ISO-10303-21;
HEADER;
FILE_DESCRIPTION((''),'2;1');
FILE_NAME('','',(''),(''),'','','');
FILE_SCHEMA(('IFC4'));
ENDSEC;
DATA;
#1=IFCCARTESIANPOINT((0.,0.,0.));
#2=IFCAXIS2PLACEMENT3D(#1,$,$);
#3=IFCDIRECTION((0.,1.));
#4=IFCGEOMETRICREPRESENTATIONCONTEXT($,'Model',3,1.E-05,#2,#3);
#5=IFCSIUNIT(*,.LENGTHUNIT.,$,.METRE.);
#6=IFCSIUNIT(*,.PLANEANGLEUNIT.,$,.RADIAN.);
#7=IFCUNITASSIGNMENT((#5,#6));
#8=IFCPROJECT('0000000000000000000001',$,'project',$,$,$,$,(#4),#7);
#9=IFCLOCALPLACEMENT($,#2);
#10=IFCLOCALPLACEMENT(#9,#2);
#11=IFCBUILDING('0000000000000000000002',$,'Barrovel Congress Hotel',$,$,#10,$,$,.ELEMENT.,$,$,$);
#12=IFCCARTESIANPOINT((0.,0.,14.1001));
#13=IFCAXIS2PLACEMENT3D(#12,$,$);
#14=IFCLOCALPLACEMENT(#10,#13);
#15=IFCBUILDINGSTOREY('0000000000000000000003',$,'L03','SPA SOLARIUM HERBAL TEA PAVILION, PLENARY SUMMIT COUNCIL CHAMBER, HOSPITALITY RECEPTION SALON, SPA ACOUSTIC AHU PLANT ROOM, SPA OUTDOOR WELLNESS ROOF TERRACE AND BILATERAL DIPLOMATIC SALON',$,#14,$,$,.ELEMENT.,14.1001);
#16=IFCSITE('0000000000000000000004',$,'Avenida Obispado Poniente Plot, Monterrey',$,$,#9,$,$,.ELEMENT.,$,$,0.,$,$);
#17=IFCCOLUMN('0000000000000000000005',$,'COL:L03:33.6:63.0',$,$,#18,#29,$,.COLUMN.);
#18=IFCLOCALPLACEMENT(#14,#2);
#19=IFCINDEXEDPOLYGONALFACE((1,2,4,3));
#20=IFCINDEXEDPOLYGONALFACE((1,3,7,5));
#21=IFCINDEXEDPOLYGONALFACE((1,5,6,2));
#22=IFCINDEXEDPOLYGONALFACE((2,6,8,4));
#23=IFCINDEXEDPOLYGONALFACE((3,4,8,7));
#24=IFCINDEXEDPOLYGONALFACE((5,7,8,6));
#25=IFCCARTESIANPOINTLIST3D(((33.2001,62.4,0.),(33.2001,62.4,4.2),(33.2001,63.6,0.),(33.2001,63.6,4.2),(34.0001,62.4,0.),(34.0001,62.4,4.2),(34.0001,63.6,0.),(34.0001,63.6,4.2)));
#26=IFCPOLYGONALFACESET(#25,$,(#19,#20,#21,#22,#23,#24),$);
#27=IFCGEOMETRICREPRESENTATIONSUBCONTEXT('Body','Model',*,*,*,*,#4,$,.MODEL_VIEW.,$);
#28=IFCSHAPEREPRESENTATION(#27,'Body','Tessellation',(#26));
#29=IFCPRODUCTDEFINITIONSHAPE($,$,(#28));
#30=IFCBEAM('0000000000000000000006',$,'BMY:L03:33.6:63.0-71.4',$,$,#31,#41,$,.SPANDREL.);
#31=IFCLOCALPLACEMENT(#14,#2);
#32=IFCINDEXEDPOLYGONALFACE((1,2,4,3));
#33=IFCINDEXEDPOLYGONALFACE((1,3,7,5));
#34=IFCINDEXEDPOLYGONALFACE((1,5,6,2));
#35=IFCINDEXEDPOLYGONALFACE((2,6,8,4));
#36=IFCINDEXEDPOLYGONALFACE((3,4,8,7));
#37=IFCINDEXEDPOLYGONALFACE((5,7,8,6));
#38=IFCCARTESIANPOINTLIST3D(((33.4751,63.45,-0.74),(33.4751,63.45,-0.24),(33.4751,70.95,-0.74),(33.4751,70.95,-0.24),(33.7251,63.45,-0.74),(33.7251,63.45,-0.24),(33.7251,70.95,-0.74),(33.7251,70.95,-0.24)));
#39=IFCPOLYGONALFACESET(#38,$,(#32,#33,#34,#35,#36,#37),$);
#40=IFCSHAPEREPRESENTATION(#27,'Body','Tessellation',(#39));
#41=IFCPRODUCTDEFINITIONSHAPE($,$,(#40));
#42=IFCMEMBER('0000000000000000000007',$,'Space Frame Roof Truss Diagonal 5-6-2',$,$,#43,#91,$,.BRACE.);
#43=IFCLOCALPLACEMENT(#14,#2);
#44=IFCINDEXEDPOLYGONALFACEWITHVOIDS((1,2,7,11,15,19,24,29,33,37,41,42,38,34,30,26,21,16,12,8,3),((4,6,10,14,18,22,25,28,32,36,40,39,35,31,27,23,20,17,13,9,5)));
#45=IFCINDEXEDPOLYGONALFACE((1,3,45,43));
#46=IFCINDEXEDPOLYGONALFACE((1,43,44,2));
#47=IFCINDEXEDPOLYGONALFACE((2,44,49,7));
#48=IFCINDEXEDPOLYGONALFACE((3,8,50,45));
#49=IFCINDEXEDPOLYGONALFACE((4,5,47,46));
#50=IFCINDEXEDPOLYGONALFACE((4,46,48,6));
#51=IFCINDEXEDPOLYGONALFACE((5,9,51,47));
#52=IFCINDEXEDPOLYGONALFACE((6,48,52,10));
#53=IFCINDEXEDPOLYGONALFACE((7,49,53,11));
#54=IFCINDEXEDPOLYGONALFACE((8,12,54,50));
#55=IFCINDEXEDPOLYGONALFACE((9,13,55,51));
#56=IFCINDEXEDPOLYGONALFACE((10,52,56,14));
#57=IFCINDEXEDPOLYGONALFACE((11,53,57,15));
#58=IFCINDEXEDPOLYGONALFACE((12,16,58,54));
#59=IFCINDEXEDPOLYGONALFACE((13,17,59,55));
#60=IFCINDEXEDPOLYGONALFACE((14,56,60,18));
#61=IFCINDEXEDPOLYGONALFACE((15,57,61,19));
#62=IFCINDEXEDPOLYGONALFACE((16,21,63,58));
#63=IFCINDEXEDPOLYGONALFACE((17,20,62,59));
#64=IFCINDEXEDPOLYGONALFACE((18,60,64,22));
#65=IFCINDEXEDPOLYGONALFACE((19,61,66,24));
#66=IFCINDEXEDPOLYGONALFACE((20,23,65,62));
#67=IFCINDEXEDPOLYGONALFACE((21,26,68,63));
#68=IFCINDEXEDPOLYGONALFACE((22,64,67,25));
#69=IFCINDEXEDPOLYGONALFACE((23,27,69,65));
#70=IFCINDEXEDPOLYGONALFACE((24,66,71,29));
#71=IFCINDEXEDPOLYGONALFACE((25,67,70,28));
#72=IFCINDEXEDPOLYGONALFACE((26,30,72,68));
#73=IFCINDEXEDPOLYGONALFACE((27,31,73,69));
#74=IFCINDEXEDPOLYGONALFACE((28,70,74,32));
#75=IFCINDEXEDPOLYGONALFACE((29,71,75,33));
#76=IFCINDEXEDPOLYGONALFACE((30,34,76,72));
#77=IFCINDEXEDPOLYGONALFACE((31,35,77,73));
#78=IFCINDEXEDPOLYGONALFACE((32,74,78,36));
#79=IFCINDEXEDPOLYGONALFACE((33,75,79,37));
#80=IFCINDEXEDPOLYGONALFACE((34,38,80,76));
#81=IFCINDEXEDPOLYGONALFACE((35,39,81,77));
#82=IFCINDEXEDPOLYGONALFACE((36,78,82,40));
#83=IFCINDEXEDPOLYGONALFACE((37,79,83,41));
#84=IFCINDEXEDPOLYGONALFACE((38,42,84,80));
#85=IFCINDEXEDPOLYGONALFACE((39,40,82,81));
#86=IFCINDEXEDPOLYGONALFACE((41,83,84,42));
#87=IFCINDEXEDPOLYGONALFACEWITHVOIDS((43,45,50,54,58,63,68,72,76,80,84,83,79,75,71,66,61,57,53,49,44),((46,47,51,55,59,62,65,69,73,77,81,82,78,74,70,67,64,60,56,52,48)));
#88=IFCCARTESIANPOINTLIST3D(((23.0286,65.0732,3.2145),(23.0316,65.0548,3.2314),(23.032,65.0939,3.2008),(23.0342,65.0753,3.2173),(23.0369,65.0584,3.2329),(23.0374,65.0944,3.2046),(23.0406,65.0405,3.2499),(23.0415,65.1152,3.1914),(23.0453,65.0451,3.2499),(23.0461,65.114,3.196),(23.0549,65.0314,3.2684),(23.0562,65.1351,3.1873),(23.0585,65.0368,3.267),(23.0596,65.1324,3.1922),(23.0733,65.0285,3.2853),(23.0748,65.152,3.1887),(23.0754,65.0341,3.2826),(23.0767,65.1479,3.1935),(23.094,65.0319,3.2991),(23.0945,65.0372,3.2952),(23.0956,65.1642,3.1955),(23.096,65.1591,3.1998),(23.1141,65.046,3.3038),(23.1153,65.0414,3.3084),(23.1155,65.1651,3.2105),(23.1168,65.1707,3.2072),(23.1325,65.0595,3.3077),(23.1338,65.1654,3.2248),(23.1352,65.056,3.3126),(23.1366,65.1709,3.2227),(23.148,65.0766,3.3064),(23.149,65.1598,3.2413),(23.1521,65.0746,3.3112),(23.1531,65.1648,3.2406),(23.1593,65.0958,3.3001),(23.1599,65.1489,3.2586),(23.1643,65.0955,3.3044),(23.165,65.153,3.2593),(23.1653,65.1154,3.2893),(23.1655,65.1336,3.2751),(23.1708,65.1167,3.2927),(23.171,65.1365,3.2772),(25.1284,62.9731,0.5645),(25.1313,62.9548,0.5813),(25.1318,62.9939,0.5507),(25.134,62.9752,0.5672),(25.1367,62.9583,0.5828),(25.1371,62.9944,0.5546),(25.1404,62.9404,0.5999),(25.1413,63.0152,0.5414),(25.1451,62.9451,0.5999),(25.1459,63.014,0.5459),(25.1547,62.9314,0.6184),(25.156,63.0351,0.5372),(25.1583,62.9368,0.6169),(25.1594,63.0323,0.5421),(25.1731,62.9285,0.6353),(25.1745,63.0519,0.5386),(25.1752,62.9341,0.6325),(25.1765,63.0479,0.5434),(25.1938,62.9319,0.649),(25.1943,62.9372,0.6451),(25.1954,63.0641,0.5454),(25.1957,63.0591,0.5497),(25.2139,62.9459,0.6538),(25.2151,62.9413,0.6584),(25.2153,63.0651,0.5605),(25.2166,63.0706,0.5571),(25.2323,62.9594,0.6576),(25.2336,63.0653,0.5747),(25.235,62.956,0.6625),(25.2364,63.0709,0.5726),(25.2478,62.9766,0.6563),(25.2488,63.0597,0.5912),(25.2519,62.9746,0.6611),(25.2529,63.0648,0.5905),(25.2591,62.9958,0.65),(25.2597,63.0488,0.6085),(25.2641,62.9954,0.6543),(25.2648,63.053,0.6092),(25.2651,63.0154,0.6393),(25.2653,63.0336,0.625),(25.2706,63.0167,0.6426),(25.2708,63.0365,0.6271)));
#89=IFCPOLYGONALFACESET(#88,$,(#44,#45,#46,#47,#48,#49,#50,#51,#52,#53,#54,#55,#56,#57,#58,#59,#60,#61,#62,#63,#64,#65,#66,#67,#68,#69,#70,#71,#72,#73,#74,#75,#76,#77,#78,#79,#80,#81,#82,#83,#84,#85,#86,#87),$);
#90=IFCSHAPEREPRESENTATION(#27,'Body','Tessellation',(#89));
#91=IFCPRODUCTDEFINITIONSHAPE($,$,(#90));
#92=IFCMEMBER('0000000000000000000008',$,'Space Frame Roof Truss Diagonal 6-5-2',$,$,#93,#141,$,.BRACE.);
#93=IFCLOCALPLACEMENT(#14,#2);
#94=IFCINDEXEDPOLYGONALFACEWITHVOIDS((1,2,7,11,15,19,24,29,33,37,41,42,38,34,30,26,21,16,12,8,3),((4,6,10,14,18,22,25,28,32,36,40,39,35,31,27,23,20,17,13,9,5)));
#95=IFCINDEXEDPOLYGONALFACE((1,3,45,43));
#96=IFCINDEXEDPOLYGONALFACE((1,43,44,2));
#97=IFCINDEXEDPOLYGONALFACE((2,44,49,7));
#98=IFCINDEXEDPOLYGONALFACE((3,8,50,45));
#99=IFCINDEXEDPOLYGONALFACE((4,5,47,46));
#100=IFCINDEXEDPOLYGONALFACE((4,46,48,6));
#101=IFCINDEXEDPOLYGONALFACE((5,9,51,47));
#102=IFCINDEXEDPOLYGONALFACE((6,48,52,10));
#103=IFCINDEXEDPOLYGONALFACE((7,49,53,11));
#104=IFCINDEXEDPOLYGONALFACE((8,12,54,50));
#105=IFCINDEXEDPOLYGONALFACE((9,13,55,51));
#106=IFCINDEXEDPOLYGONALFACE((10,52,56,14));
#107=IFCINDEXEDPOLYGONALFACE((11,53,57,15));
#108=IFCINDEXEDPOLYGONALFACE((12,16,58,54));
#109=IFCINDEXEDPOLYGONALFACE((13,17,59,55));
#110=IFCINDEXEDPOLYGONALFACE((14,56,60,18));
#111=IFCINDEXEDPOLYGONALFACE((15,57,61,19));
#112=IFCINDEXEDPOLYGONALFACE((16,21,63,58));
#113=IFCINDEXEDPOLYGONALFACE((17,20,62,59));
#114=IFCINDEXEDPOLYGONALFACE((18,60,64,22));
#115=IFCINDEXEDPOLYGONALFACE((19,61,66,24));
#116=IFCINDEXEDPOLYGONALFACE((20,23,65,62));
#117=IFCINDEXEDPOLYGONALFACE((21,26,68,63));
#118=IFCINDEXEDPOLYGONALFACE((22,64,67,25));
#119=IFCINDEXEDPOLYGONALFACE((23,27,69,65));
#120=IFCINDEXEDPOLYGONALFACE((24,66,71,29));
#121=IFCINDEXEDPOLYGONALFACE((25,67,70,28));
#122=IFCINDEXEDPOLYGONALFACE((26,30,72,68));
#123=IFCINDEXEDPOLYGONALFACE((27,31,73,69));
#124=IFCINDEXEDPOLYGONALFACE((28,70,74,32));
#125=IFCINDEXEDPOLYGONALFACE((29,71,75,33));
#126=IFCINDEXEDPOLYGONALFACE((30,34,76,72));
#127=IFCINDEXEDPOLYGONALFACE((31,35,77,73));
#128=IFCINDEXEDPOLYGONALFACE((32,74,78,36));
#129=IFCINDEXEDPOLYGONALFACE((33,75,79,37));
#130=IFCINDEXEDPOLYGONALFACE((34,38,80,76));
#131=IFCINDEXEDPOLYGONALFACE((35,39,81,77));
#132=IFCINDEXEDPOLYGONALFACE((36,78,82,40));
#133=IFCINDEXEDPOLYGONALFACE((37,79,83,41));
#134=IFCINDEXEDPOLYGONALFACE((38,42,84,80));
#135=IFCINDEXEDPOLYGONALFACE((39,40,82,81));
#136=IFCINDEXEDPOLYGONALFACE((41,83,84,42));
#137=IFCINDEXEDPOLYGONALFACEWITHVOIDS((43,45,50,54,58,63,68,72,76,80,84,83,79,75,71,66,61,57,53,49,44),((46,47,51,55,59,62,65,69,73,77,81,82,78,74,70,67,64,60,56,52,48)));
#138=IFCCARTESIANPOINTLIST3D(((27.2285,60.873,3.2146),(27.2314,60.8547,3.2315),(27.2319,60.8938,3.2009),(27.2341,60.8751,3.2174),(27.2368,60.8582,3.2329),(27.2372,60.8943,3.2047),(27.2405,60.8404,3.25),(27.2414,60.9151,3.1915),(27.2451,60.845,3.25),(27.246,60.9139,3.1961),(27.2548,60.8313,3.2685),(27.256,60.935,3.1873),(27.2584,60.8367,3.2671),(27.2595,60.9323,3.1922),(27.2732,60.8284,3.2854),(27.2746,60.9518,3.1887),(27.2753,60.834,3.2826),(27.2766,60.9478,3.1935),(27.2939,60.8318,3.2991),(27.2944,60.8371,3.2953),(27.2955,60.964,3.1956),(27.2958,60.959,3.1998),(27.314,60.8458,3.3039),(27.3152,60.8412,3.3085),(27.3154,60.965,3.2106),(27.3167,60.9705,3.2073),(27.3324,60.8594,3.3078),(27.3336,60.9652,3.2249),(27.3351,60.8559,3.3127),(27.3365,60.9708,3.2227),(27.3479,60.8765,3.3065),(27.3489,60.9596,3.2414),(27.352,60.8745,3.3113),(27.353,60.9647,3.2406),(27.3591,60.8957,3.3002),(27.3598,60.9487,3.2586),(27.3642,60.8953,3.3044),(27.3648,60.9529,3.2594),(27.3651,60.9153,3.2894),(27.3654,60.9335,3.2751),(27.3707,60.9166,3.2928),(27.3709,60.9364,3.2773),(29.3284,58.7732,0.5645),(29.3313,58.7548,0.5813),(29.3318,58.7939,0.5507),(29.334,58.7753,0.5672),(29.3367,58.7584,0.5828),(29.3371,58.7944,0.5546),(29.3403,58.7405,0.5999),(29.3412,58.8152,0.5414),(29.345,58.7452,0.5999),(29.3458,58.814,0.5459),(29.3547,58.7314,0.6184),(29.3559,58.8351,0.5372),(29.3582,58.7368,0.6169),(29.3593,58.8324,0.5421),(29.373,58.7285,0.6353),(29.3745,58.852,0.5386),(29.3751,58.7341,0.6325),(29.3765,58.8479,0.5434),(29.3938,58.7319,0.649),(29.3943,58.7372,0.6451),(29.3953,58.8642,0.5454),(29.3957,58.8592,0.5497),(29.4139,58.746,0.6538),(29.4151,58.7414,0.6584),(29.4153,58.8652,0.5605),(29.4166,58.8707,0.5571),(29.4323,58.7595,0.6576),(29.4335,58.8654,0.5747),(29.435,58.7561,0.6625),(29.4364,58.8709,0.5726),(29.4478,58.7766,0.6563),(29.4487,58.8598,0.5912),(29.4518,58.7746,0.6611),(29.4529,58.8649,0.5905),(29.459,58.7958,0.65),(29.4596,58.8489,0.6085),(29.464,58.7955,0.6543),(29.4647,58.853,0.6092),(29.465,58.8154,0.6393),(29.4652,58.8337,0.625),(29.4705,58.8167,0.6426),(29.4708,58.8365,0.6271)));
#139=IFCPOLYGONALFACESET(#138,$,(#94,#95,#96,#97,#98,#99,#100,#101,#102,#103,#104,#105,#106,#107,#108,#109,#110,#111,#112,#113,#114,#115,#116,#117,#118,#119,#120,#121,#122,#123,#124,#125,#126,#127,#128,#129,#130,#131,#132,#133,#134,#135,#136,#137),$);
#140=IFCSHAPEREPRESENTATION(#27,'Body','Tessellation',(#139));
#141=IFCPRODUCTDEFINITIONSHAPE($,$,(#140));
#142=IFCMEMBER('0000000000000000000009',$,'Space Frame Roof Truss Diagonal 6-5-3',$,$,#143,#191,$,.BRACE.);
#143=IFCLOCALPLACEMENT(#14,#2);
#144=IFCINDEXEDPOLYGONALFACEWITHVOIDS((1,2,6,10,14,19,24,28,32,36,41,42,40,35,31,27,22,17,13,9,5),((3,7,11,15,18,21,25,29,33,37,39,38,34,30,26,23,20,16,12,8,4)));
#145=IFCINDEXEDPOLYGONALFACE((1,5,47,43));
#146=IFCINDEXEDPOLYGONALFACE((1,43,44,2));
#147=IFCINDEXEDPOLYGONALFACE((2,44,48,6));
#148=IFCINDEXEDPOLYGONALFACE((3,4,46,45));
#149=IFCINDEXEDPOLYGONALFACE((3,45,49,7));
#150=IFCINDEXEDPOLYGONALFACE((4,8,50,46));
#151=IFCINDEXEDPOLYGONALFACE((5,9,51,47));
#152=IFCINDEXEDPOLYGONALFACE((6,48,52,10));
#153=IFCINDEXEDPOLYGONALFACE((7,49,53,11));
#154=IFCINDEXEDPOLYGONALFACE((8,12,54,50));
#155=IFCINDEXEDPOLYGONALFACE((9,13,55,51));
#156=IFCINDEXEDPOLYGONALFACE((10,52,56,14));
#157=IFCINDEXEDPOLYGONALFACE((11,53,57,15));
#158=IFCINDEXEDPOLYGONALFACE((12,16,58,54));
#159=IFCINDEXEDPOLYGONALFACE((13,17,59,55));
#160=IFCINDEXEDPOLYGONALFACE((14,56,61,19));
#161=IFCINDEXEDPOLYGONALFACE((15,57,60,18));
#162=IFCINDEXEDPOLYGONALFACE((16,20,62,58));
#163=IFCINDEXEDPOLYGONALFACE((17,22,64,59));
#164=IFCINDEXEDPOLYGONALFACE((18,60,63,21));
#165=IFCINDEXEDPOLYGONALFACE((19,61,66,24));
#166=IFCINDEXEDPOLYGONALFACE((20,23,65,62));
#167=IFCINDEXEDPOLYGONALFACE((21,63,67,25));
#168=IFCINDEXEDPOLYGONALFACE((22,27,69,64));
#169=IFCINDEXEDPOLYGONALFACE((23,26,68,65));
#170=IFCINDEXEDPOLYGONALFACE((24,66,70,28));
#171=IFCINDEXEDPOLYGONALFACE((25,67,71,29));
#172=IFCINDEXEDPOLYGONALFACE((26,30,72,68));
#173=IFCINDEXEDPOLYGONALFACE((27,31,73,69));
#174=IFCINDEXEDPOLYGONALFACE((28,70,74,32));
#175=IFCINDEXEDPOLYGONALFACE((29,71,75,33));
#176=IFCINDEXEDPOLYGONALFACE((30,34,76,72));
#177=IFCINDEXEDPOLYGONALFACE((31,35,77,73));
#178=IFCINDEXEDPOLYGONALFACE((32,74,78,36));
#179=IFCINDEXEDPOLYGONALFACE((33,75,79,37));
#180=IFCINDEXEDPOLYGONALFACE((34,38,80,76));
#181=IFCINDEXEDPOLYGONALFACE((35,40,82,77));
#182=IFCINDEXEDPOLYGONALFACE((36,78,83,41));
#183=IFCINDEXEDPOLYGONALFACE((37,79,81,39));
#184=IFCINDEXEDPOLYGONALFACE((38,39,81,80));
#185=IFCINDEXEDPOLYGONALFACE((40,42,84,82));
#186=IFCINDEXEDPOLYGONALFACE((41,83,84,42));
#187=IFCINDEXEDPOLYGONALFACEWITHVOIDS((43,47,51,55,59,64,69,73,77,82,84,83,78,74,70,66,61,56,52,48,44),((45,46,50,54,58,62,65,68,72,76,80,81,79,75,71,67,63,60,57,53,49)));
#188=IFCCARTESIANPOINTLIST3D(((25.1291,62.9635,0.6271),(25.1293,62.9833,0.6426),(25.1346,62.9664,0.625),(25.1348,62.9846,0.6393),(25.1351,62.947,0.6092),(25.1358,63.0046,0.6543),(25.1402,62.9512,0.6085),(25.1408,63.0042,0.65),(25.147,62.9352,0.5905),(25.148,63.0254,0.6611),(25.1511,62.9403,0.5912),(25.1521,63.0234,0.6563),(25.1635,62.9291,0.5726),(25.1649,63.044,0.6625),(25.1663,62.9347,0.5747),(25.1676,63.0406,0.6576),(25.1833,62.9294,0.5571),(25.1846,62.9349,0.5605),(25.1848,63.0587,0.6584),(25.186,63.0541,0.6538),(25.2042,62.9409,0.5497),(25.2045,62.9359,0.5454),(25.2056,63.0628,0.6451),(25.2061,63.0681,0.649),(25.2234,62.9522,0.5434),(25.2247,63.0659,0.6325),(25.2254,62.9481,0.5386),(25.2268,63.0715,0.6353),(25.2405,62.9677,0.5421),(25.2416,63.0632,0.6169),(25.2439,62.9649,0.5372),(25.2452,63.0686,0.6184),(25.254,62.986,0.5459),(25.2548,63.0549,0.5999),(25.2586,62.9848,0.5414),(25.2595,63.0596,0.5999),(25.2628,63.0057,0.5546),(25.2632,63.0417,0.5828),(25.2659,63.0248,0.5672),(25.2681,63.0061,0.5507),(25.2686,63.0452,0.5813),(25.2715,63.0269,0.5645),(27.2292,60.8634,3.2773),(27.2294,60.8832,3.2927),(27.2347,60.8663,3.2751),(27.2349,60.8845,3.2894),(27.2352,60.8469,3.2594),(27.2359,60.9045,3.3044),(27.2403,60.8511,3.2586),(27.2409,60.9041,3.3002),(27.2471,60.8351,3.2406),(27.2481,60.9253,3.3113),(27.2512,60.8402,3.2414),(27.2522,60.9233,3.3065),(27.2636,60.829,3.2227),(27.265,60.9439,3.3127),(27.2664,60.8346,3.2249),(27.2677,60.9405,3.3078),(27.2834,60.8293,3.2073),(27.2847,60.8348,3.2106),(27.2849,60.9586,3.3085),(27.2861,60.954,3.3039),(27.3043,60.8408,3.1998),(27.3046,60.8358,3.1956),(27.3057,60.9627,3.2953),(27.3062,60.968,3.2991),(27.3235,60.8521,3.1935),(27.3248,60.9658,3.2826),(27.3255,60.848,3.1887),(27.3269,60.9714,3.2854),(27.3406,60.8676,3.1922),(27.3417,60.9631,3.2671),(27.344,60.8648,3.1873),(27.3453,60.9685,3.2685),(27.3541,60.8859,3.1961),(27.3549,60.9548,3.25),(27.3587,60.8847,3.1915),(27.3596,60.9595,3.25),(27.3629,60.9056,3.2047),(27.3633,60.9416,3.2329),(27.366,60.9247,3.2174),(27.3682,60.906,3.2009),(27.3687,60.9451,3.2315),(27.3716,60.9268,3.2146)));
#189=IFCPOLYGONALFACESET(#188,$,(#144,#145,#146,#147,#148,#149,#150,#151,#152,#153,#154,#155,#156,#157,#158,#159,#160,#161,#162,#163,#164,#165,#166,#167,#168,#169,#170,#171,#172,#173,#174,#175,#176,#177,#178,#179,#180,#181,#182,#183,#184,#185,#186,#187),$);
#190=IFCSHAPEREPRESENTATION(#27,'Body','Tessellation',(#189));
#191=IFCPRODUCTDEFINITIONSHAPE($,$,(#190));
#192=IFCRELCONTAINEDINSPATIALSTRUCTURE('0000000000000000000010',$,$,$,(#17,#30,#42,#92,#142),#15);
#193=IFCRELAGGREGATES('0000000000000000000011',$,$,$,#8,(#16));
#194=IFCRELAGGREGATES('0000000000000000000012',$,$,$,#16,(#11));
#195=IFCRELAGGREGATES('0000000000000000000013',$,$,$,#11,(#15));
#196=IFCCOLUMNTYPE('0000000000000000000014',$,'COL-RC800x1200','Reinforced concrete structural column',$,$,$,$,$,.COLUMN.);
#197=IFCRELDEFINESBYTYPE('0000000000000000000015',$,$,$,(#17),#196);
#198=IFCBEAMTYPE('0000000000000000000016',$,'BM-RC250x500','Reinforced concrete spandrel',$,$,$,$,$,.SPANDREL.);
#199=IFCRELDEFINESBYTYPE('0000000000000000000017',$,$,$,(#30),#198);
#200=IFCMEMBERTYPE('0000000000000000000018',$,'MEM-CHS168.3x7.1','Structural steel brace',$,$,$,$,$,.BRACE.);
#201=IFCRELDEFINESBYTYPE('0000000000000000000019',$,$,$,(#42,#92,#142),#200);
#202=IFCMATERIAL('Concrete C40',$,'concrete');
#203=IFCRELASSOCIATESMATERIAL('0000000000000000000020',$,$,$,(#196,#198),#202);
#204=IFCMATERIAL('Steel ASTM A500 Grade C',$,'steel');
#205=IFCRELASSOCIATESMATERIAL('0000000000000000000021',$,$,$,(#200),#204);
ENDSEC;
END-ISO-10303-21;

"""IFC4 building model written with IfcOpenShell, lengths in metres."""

from ifc_helpers import new_model, si_unit, direction, frame, origin, origin_2d, place, context, subcontext, project, spatial, rectangle, hollow_circle, extrude, material, material_profile, profile_set, type_object, element, save


model = new_model("IFC4")

# Units and contexts
model_context = context("Model", 3, precision=1e-05, world=origin(), true_north=direction((0.0, 1.0)))
body_context = subcontext(model_context, "Body", "Model", "MODEL_VIEW")
ifc_project = project(units=[si_unit("LENGTHUNIT", "METRE"), si_unit("PLANEANGLEUNIT", "RADIAN")], contexts=[model_context])

# Site, building, storey
site_placement = place(None, origin())
site = spatial("IfcSite", under=ifc_project, at=site_placement, Name="Avenida Obispado Poniente Plot, Monterrey", CompositionType="ELEMENT", RefElevation=0.0)
building_placement = place(site_placement, origin())
building = spatial("IfcBuilding", under=site, at=building_placement, Name="Barrovel Congress Hotel", CompositionType="ELEMENT")
storey_placement = place(building_placement, frame((0.0, 0.0, 14.1001)))
storey = spatial("IfcBuildingStorey", under=building, at=storey_placement, Name="L03", Description="SPA SOLARIUM HERBAL TEA PAVILION, PLENARY SUMMIT COUNCIL CHAMBER, HOSPITALITY RECEPTION SALON, SPA ACOUSTIC AHU PLANT ROOM, SPA OUTDOOR WELLNESS ROOF TERRACE AND BILATERAL DIPLOMATIC SALON", CompositionType="ELEMENT", Elevation=14.1001)

# Column
ifc_material_1 = material(Name="Concrete C40", Category="concrete")
ifc_material_profile_1 = material_profile(ifc_material_1, rectangle(XDim=0.8, YDim=1.2, at=origin_2d()), Name="RC800x1200")
ifc_profile_set_1 = profile_set([ifc_material_profile_1], Name="Concrete C40")
column_type = type_object("IfcColumnType", Name="COL-RC800x1200", Description="Reinforced concrete structural column", PredefinedType="COLUMN", material=ifc_profile_set_1)
column_placement = place(storey_placement, frame((33.6001, 63.0, 0.0), z_axis=(0.0, 0.0, 1.0), x_axis=(1.0, 0.0, 0.0)))
element("IfcColumn", 1, at=column_placement, inside=storey, type_object=column_type, Name="COL:L03:33.6:63.0", PredefinedType="COLUMN", context=body_context, shape_type="SweptSolid", body=[
    extrude(rectangle(XDim=0.8, YDim=1.2, at=origin_2d()), origin(), (0.0, 0.0, 1.0), 4.2),
])

# Beam
ifc_material_profile_2 = material_profile(ifc_material_1, rectangle(XDim=0.25, YDim=0.5, at=origin_2d()), Name="RC250x500")
ifc_profile_set_2 = profile_set([ifc_material_profile_2], Name="Concrete C40")
beam_type_1 = type_object("IfcBeamType", Name="BM-RC250x500", Description="Reinforced concrete spandrel", PredefinedType="SPANDREL", material=ifc_profile_set_2)
beam_1_placement = place(storey_placement, frame((33.6001, 63.45, -0.49), z_axis=(0.0, 1.0, 0.0), x_axis=(-1.0, 0.0, 0.0)))
element("IfcBeam", 2, at=beam_1_placement, inside=storey, type_object=beam_type_1, Name="BMY:L03:33.6:63.0-71.4", PredefinedType="SPANDREL", context=body_context, shape_type="SweptSolid", body=[
    extrude(rectangle(XDim=0.25, YDim=0.5, at=origin_2d()), origin(), (0.0, 0.0, 1.0), 7.5),
])

# Members
ifc_material_2 = material(Name="Steel ASTM A500 Grade C", Category="steel")
ifc_material_profile_3 = material_profile(ifc_material_2, hollow_circle(Radius=0.0842, WallThickness=0.0066, at=origin_2d()), Name="CHS168.3x7.1")
ifc_profile_set_3 = profile_set([ifc_material_profile_3], Name="Steel ASTM A500 Grade C")
member_type_1 = type_object("IfcMemberType", Name="MEM-CHS168.3x7.1", Description="Structural steel brace", PredefinedType="BRACE", material=ifc_profile_set_3)
for number, where, z_axis, x_axis, name in (
    (3, (25.2, 63.0, 0.5999), (-0.527557, 0.527618, 0.66581), (-0.707148, -0.707066, 0.0), "Space Frame Roof Truss Diagonal 5-6-2"),
    (4, (29.3999, 58.8, 0.5999), (-0.527574, 0.527574, 0.665831), (-0.707107, -0.707107, 0.0), "Space Frame Roof Truss Diagonal 6-5-2"),
):
    element("IfcMember", number, at=place(storey_placement, frame(where, z_axis=z_axis, x_axis=x_axis)), inside=storey, type_object=member_type_1, Name=name, PredefinedType="BRACE", context=body_context, shape_type="SweptSolid", body=[
        extrude(hollow_circle(Radius=0.0842, WallThickness=0.0066, at=origin_2d()), origin(), (0.0, 0.0, 1.0), 3.9802),
    ])
member_1_placement = place(storey_placement, frame((25.2, 63.0, 0.5999), z_axis=(0.527601, -0.527601, 0.665788), x_axis=(0.707107, 0.707107, 0.0)))
element("IfcMember", 5, at=member_1_placement, inside=storey, type_object=member_type_1, Name="Space Frame Roof Truss Diagonal 6-5-3", PredefinedType="BRACE", context=body_context, shape_type="SweptSolid", body=[
    extrude(hollow_circle(Radius=0.0842, WallThickness=0.0066, at=origin_2d()), origin(), (0.0, 0.0, 1.0), 3.9805),
])

save(model, "model.ifc")
